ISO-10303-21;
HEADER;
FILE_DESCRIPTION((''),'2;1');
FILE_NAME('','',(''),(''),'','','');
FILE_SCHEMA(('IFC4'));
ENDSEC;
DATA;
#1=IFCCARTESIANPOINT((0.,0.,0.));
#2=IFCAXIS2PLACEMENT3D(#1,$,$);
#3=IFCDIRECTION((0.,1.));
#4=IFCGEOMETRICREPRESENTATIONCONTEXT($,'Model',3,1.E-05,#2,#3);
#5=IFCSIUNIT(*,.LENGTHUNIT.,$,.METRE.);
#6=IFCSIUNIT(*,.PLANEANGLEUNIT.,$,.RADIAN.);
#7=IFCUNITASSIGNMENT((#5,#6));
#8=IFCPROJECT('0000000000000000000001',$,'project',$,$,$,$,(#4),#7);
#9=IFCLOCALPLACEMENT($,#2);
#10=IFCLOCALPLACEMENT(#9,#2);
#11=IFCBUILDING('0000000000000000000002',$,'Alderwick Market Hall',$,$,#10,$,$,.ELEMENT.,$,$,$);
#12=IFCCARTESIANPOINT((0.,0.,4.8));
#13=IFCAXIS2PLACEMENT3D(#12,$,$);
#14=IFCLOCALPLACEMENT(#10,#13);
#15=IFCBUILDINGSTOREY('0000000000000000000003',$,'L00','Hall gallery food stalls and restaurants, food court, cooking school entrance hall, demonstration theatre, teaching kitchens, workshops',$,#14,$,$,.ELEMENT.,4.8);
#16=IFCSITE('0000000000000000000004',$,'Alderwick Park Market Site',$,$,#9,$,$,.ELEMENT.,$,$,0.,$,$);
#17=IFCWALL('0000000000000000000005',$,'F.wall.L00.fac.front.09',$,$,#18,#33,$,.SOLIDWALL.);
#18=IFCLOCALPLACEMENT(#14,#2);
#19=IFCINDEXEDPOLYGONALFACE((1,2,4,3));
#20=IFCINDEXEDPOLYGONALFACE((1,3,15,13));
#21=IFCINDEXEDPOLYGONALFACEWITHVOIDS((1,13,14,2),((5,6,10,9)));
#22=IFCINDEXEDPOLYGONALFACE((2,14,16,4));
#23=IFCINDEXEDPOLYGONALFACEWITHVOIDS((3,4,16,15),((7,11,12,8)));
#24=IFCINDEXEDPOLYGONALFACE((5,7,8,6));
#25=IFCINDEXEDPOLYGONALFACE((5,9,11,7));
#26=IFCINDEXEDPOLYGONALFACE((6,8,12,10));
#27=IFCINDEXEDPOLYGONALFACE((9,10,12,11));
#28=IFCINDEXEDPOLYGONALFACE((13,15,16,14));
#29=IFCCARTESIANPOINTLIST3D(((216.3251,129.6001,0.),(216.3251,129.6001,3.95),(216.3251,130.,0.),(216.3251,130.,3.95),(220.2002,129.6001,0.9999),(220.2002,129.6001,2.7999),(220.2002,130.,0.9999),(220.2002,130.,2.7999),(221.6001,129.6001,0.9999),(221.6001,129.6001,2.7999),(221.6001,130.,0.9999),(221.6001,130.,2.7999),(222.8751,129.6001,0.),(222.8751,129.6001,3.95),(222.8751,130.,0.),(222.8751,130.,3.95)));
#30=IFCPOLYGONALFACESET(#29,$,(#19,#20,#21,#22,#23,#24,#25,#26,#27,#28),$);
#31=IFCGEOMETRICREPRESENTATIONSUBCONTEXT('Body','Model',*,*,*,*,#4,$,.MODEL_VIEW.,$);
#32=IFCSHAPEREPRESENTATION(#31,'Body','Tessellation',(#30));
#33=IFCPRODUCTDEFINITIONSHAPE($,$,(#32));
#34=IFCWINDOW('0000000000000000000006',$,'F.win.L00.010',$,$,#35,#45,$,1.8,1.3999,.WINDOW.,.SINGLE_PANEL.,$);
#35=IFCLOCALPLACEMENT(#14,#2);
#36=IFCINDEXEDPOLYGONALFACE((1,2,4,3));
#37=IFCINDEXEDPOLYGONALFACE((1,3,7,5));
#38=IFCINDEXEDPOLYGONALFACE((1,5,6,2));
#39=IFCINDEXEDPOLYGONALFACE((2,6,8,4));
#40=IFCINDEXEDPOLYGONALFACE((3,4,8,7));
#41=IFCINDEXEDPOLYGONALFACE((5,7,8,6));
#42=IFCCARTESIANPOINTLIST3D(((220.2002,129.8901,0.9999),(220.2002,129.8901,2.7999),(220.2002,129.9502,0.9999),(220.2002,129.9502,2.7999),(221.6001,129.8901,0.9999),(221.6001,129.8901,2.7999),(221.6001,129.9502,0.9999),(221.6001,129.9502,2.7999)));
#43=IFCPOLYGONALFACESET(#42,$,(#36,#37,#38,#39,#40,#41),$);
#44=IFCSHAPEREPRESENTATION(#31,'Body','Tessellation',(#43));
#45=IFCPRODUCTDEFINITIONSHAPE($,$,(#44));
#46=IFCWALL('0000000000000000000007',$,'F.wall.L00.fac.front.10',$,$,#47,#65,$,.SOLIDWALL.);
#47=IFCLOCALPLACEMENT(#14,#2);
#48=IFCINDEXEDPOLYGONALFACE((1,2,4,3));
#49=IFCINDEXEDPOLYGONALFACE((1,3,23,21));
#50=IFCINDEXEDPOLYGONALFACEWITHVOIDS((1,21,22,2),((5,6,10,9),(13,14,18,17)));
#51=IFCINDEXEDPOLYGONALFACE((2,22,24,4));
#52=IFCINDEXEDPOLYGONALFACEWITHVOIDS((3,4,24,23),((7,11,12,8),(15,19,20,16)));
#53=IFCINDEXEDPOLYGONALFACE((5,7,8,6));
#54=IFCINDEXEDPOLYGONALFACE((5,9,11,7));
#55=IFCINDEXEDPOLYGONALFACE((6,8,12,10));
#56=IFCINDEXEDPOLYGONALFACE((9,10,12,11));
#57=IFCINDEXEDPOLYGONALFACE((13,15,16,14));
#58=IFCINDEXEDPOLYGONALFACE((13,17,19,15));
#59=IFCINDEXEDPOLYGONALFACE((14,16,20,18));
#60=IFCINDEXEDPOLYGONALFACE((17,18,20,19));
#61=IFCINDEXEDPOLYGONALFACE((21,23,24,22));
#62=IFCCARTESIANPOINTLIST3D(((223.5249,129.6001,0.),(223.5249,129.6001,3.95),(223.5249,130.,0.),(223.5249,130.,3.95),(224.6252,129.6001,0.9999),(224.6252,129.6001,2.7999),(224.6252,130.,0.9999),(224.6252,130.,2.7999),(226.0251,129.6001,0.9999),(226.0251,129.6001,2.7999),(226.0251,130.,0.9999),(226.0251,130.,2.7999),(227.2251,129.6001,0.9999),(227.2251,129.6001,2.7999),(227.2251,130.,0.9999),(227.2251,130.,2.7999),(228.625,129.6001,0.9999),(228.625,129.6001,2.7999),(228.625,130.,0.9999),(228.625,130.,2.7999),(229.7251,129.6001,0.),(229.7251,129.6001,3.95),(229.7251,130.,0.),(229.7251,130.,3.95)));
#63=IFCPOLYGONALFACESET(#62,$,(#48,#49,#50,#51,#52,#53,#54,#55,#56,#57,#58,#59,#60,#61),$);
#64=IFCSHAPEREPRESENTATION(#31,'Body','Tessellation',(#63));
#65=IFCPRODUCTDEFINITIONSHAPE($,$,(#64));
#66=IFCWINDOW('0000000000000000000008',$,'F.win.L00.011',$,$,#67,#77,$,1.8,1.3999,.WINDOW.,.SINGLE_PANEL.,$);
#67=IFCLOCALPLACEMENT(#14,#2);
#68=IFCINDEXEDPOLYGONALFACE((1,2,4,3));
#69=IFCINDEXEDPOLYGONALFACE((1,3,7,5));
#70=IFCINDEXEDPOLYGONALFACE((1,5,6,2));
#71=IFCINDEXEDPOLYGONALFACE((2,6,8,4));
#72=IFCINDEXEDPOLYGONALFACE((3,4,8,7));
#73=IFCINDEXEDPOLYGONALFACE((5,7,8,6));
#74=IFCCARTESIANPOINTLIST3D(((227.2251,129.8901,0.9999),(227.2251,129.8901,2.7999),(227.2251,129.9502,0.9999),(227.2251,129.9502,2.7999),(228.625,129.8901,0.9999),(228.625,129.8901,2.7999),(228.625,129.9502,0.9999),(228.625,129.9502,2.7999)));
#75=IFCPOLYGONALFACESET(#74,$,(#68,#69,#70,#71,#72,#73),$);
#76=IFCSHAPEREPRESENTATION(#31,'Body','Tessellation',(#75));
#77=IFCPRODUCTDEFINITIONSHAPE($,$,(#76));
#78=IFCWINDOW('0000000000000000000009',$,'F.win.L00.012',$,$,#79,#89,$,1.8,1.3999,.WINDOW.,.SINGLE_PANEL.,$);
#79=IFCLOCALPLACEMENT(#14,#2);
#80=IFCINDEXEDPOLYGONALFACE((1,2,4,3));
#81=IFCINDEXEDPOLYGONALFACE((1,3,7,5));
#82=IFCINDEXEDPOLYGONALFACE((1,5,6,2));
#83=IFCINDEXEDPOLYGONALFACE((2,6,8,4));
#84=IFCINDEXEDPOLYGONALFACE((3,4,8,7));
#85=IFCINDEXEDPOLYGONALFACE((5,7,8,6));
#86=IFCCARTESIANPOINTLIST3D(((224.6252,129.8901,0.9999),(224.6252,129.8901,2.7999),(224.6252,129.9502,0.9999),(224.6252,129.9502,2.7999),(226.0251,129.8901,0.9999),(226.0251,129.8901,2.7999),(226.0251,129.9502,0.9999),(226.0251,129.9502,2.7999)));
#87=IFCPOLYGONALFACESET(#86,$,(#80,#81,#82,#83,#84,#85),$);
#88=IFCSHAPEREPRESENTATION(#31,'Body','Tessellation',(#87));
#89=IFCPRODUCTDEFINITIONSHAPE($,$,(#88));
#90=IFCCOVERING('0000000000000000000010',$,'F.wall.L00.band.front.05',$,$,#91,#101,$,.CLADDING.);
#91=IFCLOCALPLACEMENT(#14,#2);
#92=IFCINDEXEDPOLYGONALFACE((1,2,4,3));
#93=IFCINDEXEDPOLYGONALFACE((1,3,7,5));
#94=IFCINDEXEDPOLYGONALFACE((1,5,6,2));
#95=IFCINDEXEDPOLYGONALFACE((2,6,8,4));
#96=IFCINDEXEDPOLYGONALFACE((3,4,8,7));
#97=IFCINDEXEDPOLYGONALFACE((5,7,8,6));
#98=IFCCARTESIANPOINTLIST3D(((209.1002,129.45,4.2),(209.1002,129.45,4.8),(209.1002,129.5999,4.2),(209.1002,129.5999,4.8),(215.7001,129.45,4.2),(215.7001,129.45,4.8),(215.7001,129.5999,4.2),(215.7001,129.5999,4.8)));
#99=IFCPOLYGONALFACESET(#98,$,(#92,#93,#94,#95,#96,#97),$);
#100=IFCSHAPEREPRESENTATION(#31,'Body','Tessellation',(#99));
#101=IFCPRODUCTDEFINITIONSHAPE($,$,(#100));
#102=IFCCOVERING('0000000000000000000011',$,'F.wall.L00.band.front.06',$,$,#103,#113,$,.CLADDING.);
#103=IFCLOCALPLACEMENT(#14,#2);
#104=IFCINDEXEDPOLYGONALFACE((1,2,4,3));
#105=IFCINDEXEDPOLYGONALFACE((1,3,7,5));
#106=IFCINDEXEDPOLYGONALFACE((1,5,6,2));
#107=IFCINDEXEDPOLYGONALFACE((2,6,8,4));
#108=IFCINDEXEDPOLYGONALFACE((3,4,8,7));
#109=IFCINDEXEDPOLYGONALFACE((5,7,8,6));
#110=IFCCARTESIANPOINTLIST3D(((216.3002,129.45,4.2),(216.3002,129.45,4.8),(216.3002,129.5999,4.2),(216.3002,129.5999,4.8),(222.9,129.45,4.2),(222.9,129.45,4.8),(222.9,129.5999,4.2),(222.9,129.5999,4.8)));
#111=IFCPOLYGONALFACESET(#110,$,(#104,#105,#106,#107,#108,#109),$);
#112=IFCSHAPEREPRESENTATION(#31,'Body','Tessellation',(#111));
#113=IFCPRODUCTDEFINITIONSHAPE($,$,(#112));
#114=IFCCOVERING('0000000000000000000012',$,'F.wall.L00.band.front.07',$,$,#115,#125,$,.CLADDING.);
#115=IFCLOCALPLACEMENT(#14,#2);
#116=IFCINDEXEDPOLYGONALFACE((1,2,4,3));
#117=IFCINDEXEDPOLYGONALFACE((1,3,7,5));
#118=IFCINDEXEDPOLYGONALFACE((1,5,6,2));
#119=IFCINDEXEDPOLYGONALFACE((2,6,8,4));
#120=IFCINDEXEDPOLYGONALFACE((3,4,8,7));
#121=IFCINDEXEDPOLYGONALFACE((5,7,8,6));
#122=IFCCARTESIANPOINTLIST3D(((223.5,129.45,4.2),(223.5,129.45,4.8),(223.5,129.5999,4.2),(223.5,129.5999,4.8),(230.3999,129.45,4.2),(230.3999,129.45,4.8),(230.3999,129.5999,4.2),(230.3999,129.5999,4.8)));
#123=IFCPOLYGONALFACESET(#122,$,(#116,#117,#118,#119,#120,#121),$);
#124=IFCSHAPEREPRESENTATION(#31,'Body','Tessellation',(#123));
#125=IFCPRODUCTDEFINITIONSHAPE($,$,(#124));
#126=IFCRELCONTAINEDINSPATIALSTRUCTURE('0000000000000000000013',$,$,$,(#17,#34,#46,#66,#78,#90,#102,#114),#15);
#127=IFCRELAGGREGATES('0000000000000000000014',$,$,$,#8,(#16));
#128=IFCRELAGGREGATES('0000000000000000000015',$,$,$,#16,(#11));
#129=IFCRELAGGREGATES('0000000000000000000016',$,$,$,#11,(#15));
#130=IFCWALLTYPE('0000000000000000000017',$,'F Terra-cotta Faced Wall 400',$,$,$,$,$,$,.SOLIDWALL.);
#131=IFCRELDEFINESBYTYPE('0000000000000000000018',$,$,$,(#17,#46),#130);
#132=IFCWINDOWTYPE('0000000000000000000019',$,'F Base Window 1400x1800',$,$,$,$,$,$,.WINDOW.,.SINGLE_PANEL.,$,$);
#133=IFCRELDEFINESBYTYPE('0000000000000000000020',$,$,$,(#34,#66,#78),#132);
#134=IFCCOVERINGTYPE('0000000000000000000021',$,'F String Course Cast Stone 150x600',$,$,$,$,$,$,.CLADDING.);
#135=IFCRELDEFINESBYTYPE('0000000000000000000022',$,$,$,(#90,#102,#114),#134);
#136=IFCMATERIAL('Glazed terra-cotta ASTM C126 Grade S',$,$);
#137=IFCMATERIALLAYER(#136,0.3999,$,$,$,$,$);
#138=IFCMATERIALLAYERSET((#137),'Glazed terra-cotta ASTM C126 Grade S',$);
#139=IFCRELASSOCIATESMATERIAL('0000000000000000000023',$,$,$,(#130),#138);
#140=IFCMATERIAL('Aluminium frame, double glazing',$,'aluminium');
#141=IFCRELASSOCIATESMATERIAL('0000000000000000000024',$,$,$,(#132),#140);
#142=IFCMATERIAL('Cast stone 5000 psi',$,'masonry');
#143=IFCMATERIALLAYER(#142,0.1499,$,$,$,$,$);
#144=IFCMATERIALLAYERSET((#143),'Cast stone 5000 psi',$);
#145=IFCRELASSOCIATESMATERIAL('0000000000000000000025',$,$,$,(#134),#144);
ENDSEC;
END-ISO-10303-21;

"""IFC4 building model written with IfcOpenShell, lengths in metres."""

from ifc_helpers import new_model, si_unit, direction, frame, frame_2d, origin, place, context, subcontext, project, spatial, rectangle, extrude, material, layer, layer_set, type_object, element, fill, save


model = new_model("IFC4")

# Units and contexts
model_context = context("Model", 3, precision=1e-05, world=origin(), true_north=direction((0.0, 1.0)))
body_context = subcontext(model_context, "Body", "Model", "MODEL_VIEW")
ifc_project = project(units=[si_unit("LENGTHUNIT", "METRE"), si_unit("PLANEANGLEUNIT", "RADIAN")], contexts=[model_context])

# Site, building, storey
site_placement = place(None, origin())
site = spatial("IfcSite", under=ifc_project, at=site_placement, Name="Alderwick Park Market Site", CompositionType="ELEMENT", RefElevation=0.0)
building_placement = place(site_placement, origin())
building = spatial("IfcBuilding", under=site, at=building_placement, Name="Alderwick Market Hall", CompositionType="ELEMENT")
storey_placement = place(building_placement, frame((0.0, 0.0, 4.8)))
storey = spatial("IfcBuildingStorey", under=building, at=storey_placement, Name="L00", Description="Hall gallery food stalls and restaurants, food court, cooking school entrance hall, demonstration theatre, teaching kitchens, workshops", CompositionType="ELEMENT", Elevation=4.8)

# Shared definitions
ifc_material_1 = material(Name="Cast stone 5000 psi", Category="masonry")

# Wall, opening, window
ifc_material_2 = material(Name="Glazed terra-cotta ASTM C126 Grade S")
ifc_layer_1 = layer(ifc_material_2, 0.3999)
ifc_layer_set_1 = layer_set([ifc_layer_1], Name="Glazed terra-cotta ASTM C126 Grade S")
wall_type_1 = type_object("IfcWallType", Name="F Terra-cotta Faced Wall 400", PredefinedType="SOLIDWALL", material=ifc_layer_set_1)
wall_1_placement = place(storey_placement, frame((222.875, 129.8, 0.0), z_axis=(0.0, 0.0, 1.0), x_axis=(-1.0, 0.0, 0.0)))
wall_1 = element("IfcWall", 1, at=wall_1_placement, inside=storey, type_object=wall_type_1, Name="F.wall.L00.fac.front.09", PredefinedType="SOLIDWALL", context=body_context, shape_type="SweptSolid", body=[
    extrude(rectangle(XDim=6.55, YDim=0.3999, at=frame_2d((3.2749, 0.0))), origin(), (0.0, 0.0, 1.0), 3.95),
])
opening_1_placement = place(wall_1_placement, frame((1.2749, 0.0, 1.0)))
opening_1 = element("IfcOpeningElement", 2, at=opening_1_placement, cuts=wall_1, PredefinedType="OPENING", context=body_context, shape_type="SweptSolid", body=[
    extrude(rectangle(XDim=1.3999, YDim=1.8, at=frame_2d((0.7, 0.8999))), frame((0.0, 0.21, 0.0), z_axis=(0.0, -1.0, 0.0), x_axis=(1.0, 0.0, 0.0)), (0.0, 0.0, 1.0), 0.4199),
])
ifc_material_3 = material(Name="Aluminium frame, double glazing", Category="aluminium")
window_type = type_object("IfcWindowType", Name="F Base Window 1400x1800", PartitioningType="SINGLE_PANEL", PredefinedType="WINDOW", material=ifc_material_3)
window_1_placement = place(opening_1_placement, origin())
window_1 = element("IfcWindow", 3, at=window_1_placement, inside=storey, type_object=window_type, Name="F.win.L00.010", OverallHeight=1.8, OverallWidth=1.3999, PartitioningType="SINGLE_PANEL", PredefinedType="WINDOW", context=body_context, shape_type="SweptSolid", body=[
    extrude(rectangle(XDim=1.3999, YDim=1.8, at=frame_2d((0.7, 0.8999))), frame((0.0, -0.0901, 0.0), z_axis=(0.0, -1.0, 0.0), x_axis=(1.0, 0.0, 0.0)), (0.0, 0.0, 1.0), 0.0601),
])
fill(opening_1, window_1)

# Wall, openings, windows
wall_2_placement = place(storey_placement, frame((229.7251, 129.8, 0.0), z_axis=(0.0, 0.0, 1.0), x_axis=(-1.0, 0.0, 0.0)))
wall_2 = element("IfcWall", 4, at=wall_2_placement, inside=storey, type_object=wall_type_1, Name="F.wall.L00.fac.front.10", PredefinedType="SOLIDWALL", context=body_context, shape_type="SweptSolid", body=[
    extrude(rectangle(XDim=6.2002, YDim=0.3999, at=frame_2d((3.1001, 0.0))), origin(), (0.0, 0.0, 1.0), 3.95),
])
opening_2_placement = place(wall_2_placement, frame((1.1001, 0.0, 1.0)))
opening_2 = element("IfcOpeningElement", 5, at=opening_2_placement, cuts=wall_2, PredefinedType="OPENING", context=body_context, shape_type="SweptSolid", body=[
    extrude(rectangle(XDim=1.3999, YDim=1.8, at=frame_2d((0.7, 0.8999))), frame((0.0, 0.21, 0.0), z_axis=(0.0, -1.0, 0.0), x_axis=(1.0, 0.0, 0.0)), (0.0, 0.0, 1.0), 0.4199),
])
opening_3_placement = place(wall_2_placement, frame((3.7, 0.0, 1.0)))
opening_3 = element("IfcOpeningElement", 6, at=opening_3_placement, cuts=wall_2, PredefinedType="OPENING", context=body_context, shape_type="SweptSolid", body=[
    extrude(rectangle(XDim=1.3999, YDim=1.8, at=frame_2d((0.7, 0.8999))), frame((0.0, 0.21, 0.0), z_axis=(0.0, -1.0, 0.0), x_axis=(1.0, 0.0, 0.0)), (0.0, 0.0, 1.0), 0.4199),
])
window_2_placement = place(opening_2_placement, origin())
window_2 = element("IfcWindow", 7, at=window_2_placement, inside=storey, type_object=window_type, Name="F.win.L00.011", OverallHeight=1.8, OverallWidth=1.3999, PartitioningType="SINGLE_PANEL", PredefinedType="WINDOW", context=body_context, shape_type="SweptSolid", body=[
    extrude(rectangle(XDim=1.3999, YDim=1.8, at=frame_2d((0.7, 0.8999))), frame((0.0, -0.0901, 0.0), z_axis=(0.0, -1.0, 0.0), x_axis=(1.0, 0.0, 0.0)), (0.0, 0.0, 1.0), 0.0601),
])
fill(opening_2, window_2)
window_3_placement = place(opening_3_placement, origin())
window_3 = element("IfcWindow", 8, at=window_3_placement, inside=storey, type_object=window_type, Name="F.win.L00.012", OverallHeight=1.8, OverallWidth=1.3999, PartitioningType="SINGLE_PANEL", PredefinedType="WINDOW", context=body_context, shape_type="SweptSolid", body=[
    extrude(rectangle(XDim=1.3999, YDim=1.8, at=frame_2d((0.7, 0.8999))), frame((0.0, -0.0901, 0.0), z_axis=(0.0, -1.0, 0.0), x_axis=(1.0, 0.0, 0.0)), (0.0, 0.0, 1.0), 0.0601),
])
fill(opening_3, window_3)

# Coverings
ifc_layer_2 = layer(ifc_material_1, 0.1499)
ifc_layer_set_2 = layer_set([ifc_layer_2], Name="Cast stone 5000 psi")
covering_type = type_object("IfcCoveringType", Name="F String Course Cast Stone 150x600", PredefinedType="CLADDING", material=ifc_layer_set_2)
for number, where, z_axis, x_axis, name in (
    (9, (215.7, 129.5249, 4.2), (0.0, 0.0, 1.0), (-1.0, 0.0, 0.0), "F.wall.L00.band.front.05"),
    (10, (222.8999, 129.5249, 4.2), (0.0, 0.0, 1.0), (-1.0, 0.0, 0.0), "F.wall.L00.band.front.06"),
):
    element("IfcCovering", number, at=place(storey_placement, frame(where, z_axis=z_axis, x_axis=x_axis)), inside=storey, type_object=covering_type, Name=name, PredefinedType="CLADDING", context=body_context, shape_type="SweptSolid", body=[
        extrude(rectangle(XDim=6.5999, YDim=0.1499, at=frame_2d((3.2998, 0.0))), origin(), (0.0, 0.0, 1.0), 0.6001),
    ])
covering_placement = place(storey_placement, frame((230.3999, 129.5249, 4.2), z_axis=(0.0, 0.0, 1.0), x_axis=(-1.0, 0.0, 0.0)))
element("IfcCovering", 11, at=covering_placement, inside=storey, type_object=covering_type, Name="F.wall.L00.band.front.07", PredefinedType="CLADDING", context=body_context, shape_type="SweptSolid", body=[
    extrude(rectangle(XDim=6.8999, YDim=0.1499, at=frame_2d((3.45, 0.0))), origin(), (0.0, 0.0, 1.0), 0.6001),
])

save(model, "model.ifc")
